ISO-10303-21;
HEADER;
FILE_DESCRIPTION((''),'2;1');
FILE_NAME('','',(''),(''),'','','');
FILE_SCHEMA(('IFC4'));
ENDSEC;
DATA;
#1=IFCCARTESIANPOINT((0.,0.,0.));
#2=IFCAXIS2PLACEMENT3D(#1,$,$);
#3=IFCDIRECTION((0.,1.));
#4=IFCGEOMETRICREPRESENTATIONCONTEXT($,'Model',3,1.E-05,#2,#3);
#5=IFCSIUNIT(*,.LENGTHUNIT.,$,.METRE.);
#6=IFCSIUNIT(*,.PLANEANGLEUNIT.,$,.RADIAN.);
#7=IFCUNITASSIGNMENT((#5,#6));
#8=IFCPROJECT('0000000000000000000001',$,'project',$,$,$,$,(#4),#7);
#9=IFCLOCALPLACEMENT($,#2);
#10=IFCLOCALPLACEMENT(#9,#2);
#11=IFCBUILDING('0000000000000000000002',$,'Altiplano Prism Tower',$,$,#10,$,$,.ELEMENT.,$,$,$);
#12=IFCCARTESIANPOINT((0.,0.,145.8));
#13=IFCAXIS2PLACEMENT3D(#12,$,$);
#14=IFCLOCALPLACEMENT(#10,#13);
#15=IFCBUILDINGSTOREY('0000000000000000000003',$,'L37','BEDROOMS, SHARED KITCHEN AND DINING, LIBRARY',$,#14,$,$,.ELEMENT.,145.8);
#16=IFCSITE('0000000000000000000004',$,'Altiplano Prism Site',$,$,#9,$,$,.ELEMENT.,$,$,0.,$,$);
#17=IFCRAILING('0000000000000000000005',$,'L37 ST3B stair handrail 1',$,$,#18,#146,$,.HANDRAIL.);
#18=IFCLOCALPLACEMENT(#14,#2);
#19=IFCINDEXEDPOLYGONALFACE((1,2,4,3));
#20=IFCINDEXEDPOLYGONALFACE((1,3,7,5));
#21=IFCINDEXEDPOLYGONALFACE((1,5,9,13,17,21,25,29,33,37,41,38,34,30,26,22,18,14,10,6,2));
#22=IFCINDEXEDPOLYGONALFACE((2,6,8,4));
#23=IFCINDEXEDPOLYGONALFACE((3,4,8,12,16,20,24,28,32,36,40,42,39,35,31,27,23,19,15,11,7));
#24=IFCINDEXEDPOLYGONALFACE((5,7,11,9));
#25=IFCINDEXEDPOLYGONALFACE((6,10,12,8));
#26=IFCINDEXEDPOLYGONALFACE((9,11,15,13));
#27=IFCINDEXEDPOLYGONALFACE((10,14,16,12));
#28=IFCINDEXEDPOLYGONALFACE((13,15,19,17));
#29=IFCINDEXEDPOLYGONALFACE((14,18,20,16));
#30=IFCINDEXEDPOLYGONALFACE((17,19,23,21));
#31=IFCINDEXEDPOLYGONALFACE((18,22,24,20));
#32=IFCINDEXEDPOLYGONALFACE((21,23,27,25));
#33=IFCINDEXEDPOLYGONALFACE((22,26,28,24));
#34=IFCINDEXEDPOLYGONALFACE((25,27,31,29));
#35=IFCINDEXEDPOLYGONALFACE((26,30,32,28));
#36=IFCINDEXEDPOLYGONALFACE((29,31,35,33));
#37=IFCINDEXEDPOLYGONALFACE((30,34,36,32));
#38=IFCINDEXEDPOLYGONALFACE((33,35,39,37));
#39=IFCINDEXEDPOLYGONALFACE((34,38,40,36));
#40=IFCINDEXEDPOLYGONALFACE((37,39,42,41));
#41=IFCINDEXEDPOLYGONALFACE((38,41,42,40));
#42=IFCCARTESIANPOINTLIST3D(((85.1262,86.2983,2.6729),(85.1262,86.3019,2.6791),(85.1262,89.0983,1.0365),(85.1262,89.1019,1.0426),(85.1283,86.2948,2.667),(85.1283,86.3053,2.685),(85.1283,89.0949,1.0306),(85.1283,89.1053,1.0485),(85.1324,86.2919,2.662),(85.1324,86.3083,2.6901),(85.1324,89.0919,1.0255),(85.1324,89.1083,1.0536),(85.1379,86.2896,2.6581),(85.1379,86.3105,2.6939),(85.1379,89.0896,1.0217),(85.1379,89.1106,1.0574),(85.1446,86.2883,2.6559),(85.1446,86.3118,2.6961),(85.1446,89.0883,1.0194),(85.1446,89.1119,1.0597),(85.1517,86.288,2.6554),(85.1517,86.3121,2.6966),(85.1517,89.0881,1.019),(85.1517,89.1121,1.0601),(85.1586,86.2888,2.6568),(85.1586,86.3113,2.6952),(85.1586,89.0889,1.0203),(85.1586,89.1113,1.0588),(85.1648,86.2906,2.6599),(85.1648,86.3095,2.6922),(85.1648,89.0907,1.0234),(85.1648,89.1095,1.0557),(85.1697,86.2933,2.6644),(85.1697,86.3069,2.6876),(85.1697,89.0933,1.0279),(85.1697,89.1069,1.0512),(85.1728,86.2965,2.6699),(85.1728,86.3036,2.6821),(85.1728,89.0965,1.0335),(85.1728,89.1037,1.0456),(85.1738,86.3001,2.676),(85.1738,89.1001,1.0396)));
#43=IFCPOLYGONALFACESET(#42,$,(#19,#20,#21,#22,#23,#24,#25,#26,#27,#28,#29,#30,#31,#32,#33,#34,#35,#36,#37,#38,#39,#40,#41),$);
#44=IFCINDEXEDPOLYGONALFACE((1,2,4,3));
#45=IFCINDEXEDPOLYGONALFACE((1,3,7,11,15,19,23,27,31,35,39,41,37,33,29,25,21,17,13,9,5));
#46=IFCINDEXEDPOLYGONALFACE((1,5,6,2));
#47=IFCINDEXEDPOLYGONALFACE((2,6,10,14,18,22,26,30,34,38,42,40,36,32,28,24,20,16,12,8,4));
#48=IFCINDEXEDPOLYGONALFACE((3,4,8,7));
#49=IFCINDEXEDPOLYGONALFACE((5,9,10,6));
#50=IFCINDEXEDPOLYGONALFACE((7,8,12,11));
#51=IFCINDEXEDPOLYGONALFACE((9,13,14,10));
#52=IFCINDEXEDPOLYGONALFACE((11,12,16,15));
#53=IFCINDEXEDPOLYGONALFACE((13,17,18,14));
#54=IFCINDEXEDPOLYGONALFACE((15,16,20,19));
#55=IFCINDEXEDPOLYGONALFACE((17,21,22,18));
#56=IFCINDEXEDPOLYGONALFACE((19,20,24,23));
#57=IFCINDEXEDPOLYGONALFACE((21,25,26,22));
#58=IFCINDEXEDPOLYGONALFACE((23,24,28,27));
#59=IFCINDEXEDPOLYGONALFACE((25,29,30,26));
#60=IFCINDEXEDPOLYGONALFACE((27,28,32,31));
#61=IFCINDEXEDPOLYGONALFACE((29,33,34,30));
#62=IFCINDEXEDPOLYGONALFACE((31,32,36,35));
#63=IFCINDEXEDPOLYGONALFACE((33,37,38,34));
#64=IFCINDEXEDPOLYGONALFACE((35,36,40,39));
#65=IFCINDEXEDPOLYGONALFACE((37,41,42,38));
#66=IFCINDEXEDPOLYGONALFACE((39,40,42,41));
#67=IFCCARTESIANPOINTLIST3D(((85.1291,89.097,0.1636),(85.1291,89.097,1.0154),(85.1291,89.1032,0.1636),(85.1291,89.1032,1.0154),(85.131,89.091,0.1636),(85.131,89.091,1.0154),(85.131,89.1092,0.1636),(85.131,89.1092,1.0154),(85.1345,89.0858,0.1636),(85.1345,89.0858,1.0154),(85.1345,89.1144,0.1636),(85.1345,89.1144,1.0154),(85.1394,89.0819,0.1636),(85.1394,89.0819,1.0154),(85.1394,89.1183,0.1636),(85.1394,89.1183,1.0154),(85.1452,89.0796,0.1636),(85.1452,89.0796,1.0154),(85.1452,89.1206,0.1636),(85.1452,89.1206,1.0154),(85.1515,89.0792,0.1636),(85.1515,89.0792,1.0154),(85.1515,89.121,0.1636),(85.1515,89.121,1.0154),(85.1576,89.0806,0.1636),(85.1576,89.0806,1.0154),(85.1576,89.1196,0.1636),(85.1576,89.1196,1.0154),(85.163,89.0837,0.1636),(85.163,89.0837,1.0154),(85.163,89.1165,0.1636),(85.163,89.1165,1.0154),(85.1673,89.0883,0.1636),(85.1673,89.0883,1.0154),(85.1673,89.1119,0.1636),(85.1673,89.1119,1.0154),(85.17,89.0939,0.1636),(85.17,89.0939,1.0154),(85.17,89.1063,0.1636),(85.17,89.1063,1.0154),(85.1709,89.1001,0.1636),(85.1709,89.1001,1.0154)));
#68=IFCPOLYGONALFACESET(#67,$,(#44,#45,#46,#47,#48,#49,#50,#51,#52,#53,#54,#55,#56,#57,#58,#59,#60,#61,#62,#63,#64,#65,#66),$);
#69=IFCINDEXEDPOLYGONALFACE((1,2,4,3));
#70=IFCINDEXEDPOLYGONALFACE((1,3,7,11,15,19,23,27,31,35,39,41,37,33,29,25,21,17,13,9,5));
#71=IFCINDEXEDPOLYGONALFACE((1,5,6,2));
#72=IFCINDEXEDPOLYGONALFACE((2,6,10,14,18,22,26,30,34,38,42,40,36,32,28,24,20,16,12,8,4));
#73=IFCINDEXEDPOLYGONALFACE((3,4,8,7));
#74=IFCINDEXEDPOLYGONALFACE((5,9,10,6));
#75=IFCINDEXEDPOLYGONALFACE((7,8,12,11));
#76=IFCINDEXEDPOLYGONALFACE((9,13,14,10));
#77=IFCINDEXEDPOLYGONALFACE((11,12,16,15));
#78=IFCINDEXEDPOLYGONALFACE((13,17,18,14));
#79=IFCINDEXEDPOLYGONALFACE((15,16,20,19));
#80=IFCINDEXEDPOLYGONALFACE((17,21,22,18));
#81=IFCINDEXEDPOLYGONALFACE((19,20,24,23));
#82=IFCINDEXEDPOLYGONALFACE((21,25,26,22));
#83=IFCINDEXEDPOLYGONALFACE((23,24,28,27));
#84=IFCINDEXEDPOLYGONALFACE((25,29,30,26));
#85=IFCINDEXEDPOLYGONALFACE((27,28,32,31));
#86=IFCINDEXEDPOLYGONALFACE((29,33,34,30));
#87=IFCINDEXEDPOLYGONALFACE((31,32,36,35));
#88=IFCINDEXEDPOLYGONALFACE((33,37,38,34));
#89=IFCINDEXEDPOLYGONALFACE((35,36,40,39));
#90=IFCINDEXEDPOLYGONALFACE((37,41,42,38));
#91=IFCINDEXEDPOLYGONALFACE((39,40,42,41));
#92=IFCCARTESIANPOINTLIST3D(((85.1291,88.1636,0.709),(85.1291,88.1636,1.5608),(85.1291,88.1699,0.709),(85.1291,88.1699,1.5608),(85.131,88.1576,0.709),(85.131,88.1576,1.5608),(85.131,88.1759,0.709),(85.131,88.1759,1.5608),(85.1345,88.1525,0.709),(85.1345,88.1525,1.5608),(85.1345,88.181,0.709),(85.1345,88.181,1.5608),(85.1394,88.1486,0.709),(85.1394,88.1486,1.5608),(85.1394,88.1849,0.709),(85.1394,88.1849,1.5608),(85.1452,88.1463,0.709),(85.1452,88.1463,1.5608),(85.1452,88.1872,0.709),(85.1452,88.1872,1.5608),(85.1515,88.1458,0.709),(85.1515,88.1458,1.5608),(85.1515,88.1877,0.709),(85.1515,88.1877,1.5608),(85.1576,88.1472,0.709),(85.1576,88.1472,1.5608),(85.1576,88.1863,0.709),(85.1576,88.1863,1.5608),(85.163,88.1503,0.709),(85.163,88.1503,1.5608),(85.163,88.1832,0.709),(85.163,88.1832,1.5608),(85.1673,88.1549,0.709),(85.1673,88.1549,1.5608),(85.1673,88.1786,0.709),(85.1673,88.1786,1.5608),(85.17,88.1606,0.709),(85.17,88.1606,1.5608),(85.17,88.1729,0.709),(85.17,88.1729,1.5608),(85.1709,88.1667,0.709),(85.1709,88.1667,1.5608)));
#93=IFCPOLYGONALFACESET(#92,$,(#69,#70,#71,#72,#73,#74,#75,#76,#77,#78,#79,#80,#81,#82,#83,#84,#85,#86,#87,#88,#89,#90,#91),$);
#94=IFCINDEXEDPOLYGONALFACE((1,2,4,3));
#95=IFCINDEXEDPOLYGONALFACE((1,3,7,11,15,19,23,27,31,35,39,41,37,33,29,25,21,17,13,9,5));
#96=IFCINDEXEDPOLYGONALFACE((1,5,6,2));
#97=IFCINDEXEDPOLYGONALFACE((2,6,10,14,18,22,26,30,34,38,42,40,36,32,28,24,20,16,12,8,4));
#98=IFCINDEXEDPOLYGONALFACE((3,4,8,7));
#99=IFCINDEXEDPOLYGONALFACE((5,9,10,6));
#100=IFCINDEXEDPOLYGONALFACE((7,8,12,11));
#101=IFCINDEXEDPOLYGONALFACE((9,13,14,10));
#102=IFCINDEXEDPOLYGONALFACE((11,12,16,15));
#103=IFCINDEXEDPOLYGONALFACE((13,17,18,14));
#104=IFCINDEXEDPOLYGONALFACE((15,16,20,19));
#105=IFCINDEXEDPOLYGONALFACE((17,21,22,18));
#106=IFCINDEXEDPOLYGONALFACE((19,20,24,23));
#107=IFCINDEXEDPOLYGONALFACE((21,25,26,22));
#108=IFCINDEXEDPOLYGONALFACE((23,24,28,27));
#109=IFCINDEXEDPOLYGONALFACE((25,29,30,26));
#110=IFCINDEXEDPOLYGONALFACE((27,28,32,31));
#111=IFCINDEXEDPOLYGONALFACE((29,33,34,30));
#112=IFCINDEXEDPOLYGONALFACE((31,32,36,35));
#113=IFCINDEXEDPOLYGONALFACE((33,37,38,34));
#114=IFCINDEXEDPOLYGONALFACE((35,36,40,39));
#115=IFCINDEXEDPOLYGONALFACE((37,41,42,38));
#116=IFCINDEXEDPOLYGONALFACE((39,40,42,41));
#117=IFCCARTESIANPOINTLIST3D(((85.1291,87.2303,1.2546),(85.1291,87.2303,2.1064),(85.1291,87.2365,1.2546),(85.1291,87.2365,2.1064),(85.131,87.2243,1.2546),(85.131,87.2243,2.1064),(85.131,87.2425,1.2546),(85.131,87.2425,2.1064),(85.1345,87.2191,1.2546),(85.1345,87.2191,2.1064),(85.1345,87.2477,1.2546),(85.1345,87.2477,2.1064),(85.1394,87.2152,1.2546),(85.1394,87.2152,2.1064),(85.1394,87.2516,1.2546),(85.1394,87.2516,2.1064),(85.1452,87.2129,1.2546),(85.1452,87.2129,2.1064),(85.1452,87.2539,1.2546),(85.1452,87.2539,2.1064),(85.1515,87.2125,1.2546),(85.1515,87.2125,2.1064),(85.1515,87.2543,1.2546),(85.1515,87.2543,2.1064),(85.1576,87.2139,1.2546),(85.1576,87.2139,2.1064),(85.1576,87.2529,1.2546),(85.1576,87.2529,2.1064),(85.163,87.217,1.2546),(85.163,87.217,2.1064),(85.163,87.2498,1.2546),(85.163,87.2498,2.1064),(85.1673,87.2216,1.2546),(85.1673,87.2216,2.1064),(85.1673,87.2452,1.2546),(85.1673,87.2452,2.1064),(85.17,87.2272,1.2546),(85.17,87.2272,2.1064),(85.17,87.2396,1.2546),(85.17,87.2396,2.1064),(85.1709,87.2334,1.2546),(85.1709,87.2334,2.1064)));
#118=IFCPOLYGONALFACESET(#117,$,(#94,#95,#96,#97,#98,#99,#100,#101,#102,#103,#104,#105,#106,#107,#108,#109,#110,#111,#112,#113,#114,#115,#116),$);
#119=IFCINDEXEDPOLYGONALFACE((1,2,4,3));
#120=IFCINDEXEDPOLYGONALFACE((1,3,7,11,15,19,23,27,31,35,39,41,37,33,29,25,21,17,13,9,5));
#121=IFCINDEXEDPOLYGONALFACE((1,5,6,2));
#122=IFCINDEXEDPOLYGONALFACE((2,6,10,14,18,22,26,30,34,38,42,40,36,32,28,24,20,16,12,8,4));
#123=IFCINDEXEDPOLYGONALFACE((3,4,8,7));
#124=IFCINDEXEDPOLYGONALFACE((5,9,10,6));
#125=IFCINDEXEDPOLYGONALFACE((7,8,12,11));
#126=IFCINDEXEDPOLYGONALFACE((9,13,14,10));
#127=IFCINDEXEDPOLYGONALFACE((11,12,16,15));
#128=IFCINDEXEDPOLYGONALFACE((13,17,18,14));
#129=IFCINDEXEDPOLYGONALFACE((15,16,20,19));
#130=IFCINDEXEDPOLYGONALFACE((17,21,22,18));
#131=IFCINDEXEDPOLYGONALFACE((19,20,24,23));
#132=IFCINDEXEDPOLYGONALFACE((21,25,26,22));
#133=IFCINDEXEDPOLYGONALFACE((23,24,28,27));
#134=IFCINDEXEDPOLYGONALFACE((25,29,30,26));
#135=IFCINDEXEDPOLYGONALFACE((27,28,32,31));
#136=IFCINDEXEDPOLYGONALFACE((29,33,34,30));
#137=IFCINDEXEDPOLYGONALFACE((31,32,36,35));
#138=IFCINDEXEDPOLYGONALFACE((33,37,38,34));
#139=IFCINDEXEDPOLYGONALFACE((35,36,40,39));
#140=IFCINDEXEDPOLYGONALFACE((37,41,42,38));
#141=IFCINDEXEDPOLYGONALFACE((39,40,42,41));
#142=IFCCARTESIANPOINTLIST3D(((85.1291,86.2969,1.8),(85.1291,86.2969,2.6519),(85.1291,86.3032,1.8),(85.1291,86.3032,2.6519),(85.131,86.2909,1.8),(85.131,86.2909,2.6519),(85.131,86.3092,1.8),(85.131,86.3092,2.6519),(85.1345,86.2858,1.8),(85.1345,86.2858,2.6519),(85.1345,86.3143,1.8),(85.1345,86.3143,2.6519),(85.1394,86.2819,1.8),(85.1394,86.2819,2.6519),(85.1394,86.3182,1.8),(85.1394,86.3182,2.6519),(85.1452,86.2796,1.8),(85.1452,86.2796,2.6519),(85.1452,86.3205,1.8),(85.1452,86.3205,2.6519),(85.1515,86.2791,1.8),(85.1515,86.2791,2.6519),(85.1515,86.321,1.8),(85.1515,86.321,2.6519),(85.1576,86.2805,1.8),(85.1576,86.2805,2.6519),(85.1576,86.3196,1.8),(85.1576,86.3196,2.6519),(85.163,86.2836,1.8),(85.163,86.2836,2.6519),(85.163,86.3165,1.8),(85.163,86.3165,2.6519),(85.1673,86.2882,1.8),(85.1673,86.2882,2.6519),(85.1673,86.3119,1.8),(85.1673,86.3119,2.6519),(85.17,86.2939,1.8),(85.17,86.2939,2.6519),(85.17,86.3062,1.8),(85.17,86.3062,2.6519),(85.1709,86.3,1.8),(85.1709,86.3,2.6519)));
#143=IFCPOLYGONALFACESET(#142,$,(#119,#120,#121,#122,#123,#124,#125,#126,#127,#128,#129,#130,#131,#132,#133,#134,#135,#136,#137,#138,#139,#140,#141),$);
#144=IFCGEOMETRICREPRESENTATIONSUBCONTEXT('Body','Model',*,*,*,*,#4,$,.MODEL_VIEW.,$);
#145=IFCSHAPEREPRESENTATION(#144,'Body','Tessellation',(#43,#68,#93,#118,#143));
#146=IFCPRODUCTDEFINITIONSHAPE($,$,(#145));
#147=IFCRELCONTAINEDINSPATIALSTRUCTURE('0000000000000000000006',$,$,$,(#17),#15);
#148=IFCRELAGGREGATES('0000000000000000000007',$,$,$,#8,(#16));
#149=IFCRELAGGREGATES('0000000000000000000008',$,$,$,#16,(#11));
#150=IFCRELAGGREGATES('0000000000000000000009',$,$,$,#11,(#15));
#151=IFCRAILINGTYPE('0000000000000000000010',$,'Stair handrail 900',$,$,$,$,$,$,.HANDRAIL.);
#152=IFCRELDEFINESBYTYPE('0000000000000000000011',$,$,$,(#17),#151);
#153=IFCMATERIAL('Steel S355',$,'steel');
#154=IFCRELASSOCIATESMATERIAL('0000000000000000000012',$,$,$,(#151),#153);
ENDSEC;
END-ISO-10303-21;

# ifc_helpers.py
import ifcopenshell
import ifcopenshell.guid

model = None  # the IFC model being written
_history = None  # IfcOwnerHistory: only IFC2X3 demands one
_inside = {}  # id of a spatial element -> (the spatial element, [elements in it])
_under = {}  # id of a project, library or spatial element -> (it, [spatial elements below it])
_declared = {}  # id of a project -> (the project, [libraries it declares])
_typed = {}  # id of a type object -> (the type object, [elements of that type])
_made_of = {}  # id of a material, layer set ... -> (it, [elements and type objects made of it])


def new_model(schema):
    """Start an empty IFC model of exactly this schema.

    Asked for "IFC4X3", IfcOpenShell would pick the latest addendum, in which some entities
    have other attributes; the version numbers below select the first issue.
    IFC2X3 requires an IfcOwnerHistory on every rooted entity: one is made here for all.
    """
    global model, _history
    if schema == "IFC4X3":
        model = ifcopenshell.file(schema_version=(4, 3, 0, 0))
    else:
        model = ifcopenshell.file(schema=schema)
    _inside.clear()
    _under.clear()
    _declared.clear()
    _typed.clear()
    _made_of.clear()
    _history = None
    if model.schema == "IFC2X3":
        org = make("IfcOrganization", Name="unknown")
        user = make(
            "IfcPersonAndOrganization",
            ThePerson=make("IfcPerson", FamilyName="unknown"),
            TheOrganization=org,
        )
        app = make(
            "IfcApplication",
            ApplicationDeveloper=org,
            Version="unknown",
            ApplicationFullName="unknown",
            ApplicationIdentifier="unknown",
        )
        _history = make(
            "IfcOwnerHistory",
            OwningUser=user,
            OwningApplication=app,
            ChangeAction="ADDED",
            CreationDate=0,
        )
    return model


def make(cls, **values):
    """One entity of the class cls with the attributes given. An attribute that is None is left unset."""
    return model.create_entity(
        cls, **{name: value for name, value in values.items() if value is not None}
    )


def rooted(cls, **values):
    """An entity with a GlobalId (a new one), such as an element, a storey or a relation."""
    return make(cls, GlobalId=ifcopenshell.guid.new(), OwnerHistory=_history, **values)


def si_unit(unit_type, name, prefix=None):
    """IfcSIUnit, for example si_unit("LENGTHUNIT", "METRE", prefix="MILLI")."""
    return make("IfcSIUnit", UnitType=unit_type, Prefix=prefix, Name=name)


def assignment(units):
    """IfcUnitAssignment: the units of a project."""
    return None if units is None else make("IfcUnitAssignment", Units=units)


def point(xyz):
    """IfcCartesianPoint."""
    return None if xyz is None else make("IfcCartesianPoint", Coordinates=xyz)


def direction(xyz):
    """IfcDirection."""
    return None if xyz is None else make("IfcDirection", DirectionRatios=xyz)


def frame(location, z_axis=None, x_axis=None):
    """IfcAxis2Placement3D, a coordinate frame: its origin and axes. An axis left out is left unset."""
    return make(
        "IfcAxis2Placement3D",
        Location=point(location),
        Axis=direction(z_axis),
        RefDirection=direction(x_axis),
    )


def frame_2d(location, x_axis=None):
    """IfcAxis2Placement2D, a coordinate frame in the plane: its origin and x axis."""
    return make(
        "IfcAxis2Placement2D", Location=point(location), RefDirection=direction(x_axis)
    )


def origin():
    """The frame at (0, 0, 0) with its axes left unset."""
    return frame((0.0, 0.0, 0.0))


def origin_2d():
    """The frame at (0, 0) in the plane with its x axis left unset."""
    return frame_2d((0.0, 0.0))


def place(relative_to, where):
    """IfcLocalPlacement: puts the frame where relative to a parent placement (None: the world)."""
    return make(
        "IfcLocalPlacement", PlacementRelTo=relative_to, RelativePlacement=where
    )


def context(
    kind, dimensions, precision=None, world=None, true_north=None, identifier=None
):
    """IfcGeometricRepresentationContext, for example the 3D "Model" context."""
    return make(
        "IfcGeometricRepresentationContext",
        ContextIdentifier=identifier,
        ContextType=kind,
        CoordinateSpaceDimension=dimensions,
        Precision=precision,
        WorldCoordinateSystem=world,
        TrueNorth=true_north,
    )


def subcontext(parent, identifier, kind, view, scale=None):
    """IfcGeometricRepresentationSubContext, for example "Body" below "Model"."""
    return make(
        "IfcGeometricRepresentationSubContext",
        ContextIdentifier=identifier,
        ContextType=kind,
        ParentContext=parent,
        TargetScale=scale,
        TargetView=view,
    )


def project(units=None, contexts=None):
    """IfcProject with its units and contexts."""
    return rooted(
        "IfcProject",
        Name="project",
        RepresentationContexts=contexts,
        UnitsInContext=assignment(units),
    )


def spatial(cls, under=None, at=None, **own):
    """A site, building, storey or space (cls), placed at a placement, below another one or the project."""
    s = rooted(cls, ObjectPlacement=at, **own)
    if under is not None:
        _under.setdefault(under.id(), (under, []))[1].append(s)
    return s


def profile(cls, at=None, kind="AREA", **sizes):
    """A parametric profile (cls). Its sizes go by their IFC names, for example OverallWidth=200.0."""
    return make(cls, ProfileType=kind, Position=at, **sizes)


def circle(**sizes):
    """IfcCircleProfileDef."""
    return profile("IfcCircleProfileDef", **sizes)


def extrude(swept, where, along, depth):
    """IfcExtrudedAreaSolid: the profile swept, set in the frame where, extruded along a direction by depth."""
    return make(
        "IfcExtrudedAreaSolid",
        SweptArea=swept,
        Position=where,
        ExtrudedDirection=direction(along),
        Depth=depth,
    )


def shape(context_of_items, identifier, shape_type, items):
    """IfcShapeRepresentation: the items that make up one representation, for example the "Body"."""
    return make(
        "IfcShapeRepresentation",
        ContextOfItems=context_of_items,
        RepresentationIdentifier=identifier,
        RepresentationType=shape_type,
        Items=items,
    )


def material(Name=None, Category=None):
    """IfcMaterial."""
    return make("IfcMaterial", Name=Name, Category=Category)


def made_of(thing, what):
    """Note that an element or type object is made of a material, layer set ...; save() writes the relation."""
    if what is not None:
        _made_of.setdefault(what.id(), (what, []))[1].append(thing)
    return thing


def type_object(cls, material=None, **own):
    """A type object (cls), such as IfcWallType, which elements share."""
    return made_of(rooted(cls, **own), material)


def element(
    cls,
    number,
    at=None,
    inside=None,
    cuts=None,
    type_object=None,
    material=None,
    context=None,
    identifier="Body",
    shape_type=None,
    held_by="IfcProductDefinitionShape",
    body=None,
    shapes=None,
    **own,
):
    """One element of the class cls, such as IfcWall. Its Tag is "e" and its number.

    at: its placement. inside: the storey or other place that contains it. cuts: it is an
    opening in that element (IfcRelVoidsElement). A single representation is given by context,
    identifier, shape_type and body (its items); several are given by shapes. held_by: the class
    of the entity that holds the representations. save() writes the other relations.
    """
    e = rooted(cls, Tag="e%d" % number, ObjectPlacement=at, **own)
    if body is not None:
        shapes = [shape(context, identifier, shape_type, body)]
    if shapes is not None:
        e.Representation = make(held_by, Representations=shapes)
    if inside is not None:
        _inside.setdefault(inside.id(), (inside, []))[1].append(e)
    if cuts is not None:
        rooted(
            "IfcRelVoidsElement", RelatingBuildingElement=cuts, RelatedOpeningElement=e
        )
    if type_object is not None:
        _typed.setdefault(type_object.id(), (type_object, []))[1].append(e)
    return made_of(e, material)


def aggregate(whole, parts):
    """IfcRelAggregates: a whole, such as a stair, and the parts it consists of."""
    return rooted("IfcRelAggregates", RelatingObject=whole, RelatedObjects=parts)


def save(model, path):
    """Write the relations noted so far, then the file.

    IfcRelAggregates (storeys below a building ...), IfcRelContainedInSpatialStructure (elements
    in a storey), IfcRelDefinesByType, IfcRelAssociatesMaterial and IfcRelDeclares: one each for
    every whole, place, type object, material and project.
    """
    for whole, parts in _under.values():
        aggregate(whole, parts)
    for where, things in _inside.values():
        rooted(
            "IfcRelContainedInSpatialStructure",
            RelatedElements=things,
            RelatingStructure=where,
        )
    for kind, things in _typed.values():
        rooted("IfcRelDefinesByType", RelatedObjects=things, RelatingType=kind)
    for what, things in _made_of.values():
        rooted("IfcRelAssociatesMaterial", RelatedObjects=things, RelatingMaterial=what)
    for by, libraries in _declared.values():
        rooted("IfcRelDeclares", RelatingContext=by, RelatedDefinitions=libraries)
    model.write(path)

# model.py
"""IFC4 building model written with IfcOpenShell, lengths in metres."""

from ifc_helpers import new_model, si_unit, direction, frame, origin, origin_2d, place, context, subcontext, project, spatial, circle, extrude, material, type_object, element, save


model = new_model("IFC4")

# Units and contexts
model_context = context("Model", 3, precision=1e-05, world=origin(), true_north=direction((0.0, 1.0)))
body_context = subcontext(model_context, "Body", "Model", "MODEL_VIEW")
ifc_project = project(units=[si_unit("LENGTHUNIT", "METRE"), si_unit("PLANEANGLEUNIT", "RADIAN")], contexts=[model_context])

# Site, building, storey
site_placement = place(None, origin())
site = spatial("IfcSite", under=ifc_project, at=site_placement, Name="Altiplano Prism Site", CompositionType="ELEMENT", RefElevation=0.0)
building_placement = place(site_placement, origin())
building = spatial("IfcBuilding", under=site, at=building_placement, Name="Altiplano Prism Tower", CompositionType="ELEMENT")
storey_placement = place(building_placement, frame((0.0, 0.0, 145.8)))
storey = spatial("IfcBuildingStorey", under=building, at=storey_placement, Name="L37", Description="BEDROOMS, SHARED KITCHEN AND DINING, LIBRARY", CompositionType="ELEMENT", Elevation=145.8)

# Railing
ifc_material_1 = material(Name="Steel S355", Category="steel")
railing_type_1 = type_object("IfcRailingType", Name="Stair handrail 900", PredefinedType="HANDRAIL", material=ifc_material_1)
for number, where, name in (
    (1, (85.1499, 89.1001, 0.1636), "L37 ST3B stair handrail 1"),
):
    element("IfcRailing", number, at=place(storey_placement, frame(where)), inside=storey, type_object=railing_type_1, Name=name, PredefinedType="HANDRAIL", context=body_context, shape_type="SweptSolid", body=[
        extrude(circle(Radius=0.0239, at=origin_2d()), frame((0.0, 0.0, 0.876), z_axis=(0.0, -0.863361, 0.504587), x_axis=(1.0, 0.0, 0.0)), (0.0, 0.0, 1.0), 3.2432),
        extrude(circle(Radius=0.021, at=origin_2d()), origin(), (0.0, 0.0, 1.0), 0.8518),
        extrude(circle(Radius=0.021, at=origin_2d()), frame((0.0, -0.9333, 0.5454)), (0.0, 0.0, 1.0), 0.8518),
        extrude(circle(Radius=0.021, at=origin_2d()), frame((0.0, -1.8667, 1.0911)), (0.0, 0.0, 1.0), 0.8518),
        extrude(circle(Radius=0.021, at=origin_2d()), frame((0.0, -2.8, 1.6365)), (0.0, 0.0, 1.0), 0.8518),
    ])

save(model, "model.ifc")
